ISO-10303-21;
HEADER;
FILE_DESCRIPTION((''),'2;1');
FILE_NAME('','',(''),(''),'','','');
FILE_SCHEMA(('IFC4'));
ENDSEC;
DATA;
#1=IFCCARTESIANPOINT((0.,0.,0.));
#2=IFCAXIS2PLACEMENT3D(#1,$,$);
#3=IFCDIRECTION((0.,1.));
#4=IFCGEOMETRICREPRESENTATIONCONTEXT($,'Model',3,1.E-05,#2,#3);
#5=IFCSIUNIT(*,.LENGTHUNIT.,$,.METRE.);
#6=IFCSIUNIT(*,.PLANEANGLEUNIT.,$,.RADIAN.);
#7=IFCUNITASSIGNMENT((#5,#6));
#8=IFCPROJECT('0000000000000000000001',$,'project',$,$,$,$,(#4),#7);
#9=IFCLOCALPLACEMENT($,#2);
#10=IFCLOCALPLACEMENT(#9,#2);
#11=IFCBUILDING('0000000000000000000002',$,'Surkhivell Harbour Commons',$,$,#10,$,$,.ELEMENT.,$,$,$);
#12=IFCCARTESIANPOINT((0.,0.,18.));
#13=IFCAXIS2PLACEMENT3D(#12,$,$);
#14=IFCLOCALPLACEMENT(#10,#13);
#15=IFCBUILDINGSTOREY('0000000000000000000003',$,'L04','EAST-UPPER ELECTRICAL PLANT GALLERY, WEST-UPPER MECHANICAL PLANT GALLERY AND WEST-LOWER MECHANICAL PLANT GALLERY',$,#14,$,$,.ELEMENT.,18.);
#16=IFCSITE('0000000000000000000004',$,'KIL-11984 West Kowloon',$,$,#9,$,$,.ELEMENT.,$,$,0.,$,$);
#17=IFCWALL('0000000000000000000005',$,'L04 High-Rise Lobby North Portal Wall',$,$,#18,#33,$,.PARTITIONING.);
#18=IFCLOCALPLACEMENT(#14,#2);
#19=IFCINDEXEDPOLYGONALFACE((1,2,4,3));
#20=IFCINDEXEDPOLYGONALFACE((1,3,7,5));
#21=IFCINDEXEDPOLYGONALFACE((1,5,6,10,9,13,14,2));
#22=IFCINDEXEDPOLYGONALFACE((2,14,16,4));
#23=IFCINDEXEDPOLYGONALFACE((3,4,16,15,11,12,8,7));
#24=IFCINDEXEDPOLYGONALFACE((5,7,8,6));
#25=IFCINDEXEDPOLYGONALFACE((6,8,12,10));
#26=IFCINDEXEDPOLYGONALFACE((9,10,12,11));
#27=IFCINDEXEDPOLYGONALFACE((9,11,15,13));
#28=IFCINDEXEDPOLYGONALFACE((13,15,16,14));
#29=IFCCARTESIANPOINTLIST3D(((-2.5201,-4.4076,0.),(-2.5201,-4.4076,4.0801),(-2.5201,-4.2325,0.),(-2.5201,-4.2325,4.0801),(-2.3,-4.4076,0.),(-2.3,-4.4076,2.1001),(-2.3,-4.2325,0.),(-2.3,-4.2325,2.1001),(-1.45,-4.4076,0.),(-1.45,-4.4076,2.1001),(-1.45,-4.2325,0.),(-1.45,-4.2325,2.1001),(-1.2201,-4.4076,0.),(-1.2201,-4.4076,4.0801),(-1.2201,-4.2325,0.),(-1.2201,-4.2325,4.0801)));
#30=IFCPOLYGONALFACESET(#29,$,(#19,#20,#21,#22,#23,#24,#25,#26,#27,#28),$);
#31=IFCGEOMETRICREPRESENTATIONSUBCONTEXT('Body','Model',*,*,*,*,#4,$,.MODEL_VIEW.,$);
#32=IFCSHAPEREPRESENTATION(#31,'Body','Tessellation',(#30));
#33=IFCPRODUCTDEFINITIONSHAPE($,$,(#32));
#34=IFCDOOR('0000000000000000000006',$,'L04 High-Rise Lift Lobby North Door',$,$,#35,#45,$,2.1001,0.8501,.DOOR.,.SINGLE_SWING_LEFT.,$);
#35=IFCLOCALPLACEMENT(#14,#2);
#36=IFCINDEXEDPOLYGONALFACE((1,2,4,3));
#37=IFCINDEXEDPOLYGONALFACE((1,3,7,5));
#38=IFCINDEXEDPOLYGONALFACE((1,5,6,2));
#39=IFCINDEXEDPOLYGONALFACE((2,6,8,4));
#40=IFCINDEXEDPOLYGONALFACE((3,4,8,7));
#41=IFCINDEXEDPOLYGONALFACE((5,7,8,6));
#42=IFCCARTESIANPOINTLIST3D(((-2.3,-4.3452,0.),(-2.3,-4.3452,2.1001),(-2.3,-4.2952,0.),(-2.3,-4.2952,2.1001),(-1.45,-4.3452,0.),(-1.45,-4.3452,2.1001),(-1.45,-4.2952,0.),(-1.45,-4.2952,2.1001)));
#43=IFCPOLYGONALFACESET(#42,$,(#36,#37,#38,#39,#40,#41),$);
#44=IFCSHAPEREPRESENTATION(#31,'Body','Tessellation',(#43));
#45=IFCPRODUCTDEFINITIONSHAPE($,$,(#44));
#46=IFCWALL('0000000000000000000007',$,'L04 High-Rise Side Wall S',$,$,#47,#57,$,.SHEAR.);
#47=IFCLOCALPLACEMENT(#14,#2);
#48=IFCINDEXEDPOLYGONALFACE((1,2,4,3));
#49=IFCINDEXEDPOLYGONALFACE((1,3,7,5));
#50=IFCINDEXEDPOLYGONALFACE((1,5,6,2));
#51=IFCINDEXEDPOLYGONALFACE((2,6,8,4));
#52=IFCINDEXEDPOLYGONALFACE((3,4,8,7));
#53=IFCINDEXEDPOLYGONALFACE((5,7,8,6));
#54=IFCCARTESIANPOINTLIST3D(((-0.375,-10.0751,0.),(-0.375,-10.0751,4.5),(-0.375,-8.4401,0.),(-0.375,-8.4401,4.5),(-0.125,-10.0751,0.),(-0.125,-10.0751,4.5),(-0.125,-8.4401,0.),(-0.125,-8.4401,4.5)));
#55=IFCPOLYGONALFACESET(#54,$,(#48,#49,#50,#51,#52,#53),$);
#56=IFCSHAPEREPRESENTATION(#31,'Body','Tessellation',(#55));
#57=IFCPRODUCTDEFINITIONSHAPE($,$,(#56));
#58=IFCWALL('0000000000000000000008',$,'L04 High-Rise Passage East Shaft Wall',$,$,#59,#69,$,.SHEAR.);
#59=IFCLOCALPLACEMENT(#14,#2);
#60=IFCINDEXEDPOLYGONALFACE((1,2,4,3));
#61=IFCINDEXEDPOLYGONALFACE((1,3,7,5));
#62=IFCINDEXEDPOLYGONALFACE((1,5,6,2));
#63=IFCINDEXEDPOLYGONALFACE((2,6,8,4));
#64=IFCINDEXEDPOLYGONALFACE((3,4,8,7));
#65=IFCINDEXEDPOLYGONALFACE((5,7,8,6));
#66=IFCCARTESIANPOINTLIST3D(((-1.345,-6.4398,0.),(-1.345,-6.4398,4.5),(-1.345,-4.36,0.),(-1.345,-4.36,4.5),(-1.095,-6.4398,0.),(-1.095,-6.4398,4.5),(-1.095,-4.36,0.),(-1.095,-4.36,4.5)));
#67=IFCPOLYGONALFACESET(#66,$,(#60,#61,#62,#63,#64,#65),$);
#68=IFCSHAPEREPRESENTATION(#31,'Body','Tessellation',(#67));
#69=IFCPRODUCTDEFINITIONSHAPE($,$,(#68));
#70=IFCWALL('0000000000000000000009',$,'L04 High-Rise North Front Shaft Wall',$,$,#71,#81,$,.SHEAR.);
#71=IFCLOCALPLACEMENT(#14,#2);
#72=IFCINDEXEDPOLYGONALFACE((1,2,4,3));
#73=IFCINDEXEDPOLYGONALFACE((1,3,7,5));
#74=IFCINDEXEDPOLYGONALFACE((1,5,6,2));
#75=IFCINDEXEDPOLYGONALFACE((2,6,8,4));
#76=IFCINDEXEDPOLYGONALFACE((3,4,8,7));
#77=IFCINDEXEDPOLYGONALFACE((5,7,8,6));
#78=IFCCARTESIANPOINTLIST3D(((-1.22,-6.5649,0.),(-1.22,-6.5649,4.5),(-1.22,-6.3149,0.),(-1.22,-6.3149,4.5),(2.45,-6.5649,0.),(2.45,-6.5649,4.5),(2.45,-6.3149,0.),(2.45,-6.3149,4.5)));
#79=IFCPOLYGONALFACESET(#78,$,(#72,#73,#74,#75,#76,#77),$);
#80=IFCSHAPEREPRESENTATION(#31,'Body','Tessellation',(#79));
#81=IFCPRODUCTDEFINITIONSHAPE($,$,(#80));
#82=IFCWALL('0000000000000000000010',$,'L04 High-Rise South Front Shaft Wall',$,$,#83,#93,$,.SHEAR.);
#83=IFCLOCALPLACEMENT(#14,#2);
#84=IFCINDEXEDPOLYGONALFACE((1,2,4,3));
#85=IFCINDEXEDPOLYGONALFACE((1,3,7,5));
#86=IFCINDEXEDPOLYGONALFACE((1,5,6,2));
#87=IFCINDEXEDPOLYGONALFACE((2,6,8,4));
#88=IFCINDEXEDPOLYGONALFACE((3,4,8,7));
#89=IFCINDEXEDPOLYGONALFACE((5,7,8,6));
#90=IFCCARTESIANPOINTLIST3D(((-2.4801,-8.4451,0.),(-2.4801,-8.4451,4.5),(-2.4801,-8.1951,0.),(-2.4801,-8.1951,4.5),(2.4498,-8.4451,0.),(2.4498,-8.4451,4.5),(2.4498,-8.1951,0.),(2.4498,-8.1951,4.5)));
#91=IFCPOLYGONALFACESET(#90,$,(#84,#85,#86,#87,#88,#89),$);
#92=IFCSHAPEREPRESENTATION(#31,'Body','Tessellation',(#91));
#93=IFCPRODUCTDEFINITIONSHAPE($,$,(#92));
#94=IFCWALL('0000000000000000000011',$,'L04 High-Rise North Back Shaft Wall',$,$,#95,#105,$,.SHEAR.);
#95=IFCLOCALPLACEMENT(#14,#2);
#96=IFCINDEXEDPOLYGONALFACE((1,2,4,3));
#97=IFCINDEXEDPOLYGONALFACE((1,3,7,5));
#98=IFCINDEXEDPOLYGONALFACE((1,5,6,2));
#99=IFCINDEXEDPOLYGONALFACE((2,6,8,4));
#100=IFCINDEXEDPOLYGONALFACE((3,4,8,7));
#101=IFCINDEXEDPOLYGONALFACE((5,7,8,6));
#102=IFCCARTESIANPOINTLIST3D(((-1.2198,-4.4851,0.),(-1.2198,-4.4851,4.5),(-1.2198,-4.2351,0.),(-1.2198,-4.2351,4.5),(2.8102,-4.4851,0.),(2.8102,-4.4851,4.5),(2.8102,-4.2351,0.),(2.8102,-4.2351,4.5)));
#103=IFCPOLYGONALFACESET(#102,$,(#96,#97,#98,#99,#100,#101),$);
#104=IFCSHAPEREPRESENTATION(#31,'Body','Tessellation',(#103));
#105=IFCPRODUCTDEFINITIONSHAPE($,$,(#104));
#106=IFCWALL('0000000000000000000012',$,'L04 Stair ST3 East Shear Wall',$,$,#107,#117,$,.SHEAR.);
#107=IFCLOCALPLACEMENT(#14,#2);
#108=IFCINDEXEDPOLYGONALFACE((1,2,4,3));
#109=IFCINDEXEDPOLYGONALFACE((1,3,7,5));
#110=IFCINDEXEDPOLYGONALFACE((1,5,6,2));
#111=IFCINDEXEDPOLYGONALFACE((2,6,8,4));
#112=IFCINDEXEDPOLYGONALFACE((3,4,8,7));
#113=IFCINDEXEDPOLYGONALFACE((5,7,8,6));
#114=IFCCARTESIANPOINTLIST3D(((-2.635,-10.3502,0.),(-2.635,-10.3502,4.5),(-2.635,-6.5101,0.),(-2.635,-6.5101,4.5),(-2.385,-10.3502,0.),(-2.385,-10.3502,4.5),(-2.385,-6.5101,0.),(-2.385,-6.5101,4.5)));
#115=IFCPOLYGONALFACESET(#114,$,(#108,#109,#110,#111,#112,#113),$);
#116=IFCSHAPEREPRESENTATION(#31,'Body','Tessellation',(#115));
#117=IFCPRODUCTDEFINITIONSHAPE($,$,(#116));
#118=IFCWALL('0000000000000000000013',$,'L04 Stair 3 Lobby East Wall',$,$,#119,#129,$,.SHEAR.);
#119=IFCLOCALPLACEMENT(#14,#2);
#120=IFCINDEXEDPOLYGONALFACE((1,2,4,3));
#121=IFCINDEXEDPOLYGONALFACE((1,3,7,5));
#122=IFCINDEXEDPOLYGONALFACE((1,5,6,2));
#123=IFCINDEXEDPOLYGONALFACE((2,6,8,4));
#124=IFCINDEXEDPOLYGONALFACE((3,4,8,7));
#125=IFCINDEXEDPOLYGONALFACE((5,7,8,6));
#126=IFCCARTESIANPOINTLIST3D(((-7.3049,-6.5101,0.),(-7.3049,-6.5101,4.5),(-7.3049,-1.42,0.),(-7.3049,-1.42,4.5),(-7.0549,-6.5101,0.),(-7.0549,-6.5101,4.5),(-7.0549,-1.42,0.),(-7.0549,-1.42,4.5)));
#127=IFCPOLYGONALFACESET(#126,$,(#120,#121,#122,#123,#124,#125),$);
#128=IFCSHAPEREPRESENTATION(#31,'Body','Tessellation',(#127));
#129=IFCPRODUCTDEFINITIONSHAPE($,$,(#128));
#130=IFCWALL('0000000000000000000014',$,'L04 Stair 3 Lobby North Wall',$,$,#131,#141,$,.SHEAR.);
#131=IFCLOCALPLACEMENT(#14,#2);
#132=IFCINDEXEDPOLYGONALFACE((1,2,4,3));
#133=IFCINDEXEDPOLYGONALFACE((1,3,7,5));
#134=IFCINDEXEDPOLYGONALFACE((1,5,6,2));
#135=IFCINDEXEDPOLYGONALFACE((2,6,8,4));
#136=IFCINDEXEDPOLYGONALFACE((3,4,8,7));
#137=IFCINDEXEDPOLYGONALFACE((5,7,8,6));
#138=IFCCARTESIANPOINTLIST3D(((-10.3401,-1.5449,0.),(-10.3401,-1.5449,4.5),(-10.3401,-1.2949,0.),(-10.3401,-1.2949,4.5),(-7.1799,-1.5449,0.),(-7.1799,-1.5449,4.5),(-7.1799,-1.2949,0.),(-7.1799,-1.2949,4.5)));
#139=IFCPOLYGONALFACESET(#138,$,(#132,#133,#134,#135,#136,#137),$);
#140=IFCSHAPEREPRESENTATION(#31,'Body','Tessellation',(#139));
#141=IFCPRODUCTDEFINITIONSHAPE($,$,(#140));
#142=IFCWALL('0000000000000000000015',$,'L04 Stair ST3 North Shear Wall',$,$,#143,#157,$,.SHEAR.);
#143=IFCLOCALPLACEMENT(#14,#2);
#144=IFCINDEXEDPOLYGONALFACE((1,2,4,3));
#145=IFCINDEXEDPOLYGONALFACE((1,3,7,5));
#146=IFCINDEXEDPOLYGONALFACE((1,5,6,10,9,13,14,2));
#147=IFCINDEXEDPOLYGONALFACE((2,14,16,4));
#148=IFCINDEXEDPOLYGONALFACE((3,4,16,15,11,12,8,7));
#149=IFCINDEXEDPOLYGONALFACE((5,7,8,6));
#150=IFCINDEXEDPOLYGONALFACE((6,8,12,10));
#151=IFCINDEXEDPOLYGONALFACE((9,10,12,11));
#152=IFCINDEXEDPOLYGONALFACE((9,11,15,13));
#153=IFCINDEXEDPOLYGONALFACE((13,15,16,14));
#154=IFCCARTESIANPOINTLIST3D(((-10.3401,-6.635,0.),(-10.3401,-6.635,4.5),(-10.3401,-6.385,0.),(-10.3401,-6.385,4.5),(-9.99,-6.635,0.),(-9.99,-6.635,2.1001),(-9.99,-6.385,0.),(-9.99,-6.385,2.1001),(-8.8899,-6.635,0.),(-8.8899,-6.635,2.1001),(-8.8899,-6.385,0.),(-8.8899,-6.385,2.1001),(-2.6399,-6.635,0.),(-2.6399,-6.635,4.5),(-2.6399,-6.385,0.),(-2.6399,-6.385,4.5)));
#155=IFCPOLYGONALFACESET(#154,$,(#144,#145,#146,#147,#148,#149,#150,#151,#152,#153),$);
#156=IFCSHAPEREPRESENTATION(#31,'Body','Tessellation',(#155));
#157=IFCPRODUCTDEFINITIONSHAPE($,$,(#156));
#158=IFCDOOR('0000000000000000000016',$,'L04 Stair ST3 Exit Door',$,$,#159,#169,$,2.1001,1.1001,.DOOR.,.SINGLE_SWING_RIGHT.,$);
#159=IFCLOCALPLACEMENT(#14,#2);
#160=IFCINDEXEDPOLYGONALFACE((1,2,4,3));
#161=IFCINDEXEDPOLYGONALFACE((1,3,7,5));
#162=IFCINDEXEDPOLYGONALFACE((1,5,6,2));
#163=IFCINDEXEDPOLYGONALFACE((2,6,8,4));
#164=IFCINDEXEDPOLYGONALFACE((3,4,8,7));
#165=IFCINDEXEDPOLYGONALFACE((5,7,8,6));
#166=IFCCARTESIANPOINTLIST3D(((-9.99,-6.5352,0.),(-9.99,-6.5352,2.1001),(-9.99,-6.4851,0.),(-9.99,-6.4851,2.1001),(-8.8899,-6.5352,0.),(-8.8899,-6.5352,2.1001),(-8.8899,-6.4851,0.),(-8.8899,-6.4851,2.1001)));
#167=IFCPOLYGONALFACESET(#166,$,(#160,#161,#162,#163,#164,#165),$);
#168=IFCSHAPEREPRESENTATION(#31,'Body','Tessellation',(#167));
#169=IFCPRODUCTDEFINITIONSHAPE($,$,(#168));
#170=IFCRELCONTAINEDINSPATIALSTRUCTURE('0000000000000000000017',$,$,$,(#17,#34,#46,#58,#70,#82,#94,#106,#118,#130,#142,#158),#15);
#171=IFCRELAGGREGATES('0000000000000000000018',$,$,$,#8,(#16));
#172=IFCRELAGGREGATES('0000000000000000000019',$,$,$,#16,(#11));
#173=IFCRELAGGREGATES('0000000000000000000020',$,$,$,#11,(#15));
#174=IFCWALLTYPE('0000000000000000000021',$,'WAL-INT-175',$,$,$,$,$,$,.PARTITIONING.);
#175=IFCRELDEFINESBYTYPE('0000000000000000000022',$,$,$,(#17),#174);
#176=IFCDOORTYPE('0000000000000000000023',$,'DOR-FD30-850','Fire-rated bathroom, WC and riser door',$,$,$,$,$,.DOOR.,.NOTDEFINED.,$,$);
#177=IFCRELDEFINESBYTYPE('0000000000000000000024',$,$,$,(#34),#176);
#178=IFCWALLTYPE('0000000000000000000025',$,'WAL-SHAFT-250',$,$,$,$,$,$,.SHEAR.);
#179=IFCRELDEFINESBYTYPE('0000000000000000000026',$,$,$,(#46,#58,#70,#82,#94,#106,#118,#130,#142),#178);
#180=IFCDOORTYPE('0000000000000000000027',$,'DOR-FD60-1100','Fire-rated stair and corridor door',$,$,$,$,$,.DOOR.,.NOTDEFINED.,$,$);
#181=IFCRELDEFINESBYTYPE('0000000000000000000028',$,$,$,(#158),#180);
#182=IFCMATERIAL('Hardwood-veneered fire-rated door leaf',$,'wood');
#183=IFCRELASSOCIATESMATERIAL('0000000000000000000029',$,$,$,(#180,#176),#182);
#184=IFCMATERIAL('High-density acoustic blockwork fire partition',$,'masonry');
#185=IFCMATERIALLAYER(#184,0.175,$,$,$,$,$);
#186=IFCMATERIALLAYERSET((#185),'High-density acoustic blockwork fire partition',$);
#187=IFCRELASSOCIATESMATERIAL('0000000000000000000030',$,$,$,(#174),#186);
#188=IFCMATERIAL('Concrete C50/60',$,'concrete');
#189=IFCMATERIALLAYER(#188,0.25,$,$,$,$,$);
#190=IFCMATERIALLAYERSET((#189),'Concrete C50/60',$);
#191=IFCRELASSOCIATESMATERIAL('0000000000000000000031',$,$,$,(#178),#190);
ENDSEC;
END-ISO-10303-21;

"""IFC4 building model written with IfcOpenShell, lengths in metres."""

from ifc_helpers import new_model, si_unit, direction, frame, frame_2d, origin, place, context, subcontext, project, spatial, rectangle, extrude, material, layer, layer_set, type_object, element, fill, save


model = new_model("IFC4")

# Units and contexts
model_context = context("Model", 3, precision=1e-05, world=origin(), true_north=direction((0.0, 1.0)))
body_context = subcontext(model_context, "Body", "Model", "MODEL_VIEW")
ifc_project = project(units=[si_unit("LENGTHUNIT", "METRE"), si_unit("PLANEANGLEUNIT", "RADIAN")], contexts=[model_context])

# Site, building, storey
site_placement = place(None, origin())
site = spatial("IfcSite", under=ifc_project, at=site_placement, Name="KIL-11984 West Kowloon", CompositionType="ELEMENT", RefElevation=0.0)
building_placement = place(site_placement, origin())
building = spatial("IfcBuilding", under=site, at=building_placement, Name="Surkhivell Harbour Commons", CompositionType="ELEMENT")
storey_placement = place(building_placement, frame((0.0, 0.0, 18.0)))
storey = spatial("IfcBuildingStorey", under=building, at=storey_placement, Name="L04", Description="EAST-UPPER ELECTRICAL PLANT GALLERY, WEST-UPPER MECHANICAL PLANT GALLERY AND WEST-LOWER MECHANICAL PLANT GALLERY", CompositionType="ELEMENT", Elevation=18.0)

# Shared definitions
ifc_material_1 = material(Name="Hardwood-veneered fire-rated door leaf", Category="wood")
door_type_1 = type_object("IfcDoorType", Name="DOR-FD60-1100", Description="Fire-rated stair and corridor door", OperationType="NOTDEFINED", PredefinedType="DOOR", material=ifc_material_1)
ifc_material_2 = material(Name="High-density acoustic blockwork fire partition", Category="masonry")
ifc_layer_1 = layer(ifc_material_2, 0.175)
ifc_layer_set_1 = layer_set([ifc_layer_1], Name="High-density acoustic blockwork fire partition")
wall_type_1 = type_object("IfcWallType", Name="WAL-INT-175", PredefinedType="PARTITIONING", material=ifc_layer_set_1)
door_type_2 = type_object("IfcDoorType", Name="DOR-FD30-850", Description="Fire-rated bathroom, WC and riser door", OperationType="NOTDEFINED", PredefinedType="DOOR", material=ifc_material_1)

# Wall, opening, door
wall_1_placement = place(storey_placement, frame((-2.52, -4.3201, 0.0), z_axis=(0.0, 0.0, 1.0), x_axis=(1.0, 0.0, 0.0)))
wall_1 = element("IfcWall", 1, at=wall_1_placement, inside=storey, type_object=wall_type_1, Name="L04 High-Rise Lobby North Portal Wall", PredefinedType="PARTITIONING", context=body_context, shape_type="SweptSolid", body=[
    extrude(rectangle(XDim=1.3, YDim=0.175, at=frame_2d((0.6499, 0.0))), origin(), (0.0, 0.0, 1.0), 4.0801),
])
opening_1_placement = place(wall_1_placement, frame((0.22, 0.0, 0.0)))
opening_1 = element("IfcOpeningElement", 2, at=opening_1_placement, cuts=wall_1, PredefinedType="OPENING", context=body_context, shape_type="SweptSolid", body=[
    extrude(rectangle(XDim=0.8501, YDim=2.1001, at=frame_2d((0.425, 1.05))), frame((0.0, 0.0974, 0.0), z_axis=(0.0, -1.0, 0.0), x_axis=(1.0, 0.0, 0.0)), (0.0, 0.0, 1.0), 0.1951),
])
door_1_placement = place(opening_1_placement, origin())
door_1 = element("IfcDoor", 3, at=door_1_placement, inside=storey, type_object=door_type_2, Name="L04 High-Rise Lift Lobby North Door", OperationType="SINGLE_SWING_LEFT", OverallHeight=2.1001, OverallWidth=0.8501, PredefinedType="DOOR", context=body_context, shape_type="SweptSolid", body=[
    extrude(rectangle(XDim=0.8501, YDim=2.1001, at=frame_2d((0.425, 1.05))), frame((0.0, 0.0249, 0.0), z_axis=(0.0, -1.0, 0.0), x_axis=(1.0, 0.0, 0.0)), (0.0, 0.0, 1.0), 0.05),
])
fill(opening_1, door_1)

# Walls
ifc_material_3 = material(Name="Concrete C50/60", Category="concrete")
ifc_layer_2 = layer(ifc_material_3, 0.25)
ifc_layer_set_2 = layer_set([ifc_layer_2], Name="Concrete C50/60")
wall_type_2 = type_object("IfcWallType", Name="WAL-SHAFT-250", PredefinedType="SHEAR", material=ifc_layer_set_2)
wall_2_placement = place(storey_placement, frame((-0.25, -10.075, 0.0), z_axis=(0.0, 0.0, 1.0), x_axis=(0.0, 1.0, 0.0)))
element("IfcWall", 4, at=wall_2_placement, inside=storey, type_object=wall_type_2, Name="L04 High-Rise Side Wall S", PredefinedType="SHEAR", context=body_context, shape_type="SweptSolid", body=[
    extrude(rectangle(XDim=1.635, YDim=0.25, at=frame_2d((0.8174, 0.0))), origin(), (0.0, 0.0, 1.0), 4.5),
])
wall_3_placement = place(storey_placement, frame((-1.22, -6.4399, 0.0), z_axis=(0.0, 0.0, 1.0), x_axis=(0.0, 1.0, 0.0)))
element("IfcWall", 5, at=wall_3_placement, inside=storey, type_object=wall_type_2, Name="L04 High-Rise Passage East Shaft Wall", PredefinedType="SHEAR", context=body_context, shape_type="SweptSolid", body=[
    extrude(rectangle(XDim=2.0798, YDim=0.25, at=frame_2d((1.04, 0.0))), origin(), (0.0, 0.0, 1.0), 4.5),
])
wall_4_placement = place(storey_placement, frame((-1.22, -6.4399, 0.0), z_axis=(0.0, 0.0, 1.0), x_axis=(1.0, 0.0, 0.0)))
element("IfcWall", 6, at=wall_4_placement, inside=storey, type_object=wall_type_2, Name="L04 High-Rise North Front Shaft Wall", PredefinedType="SHEAR", context=body_context, shape_type="SweptSolid", body=[
    extrude(rectangle(XDim=3.6699, YDim=0.25, at=frame_2d((1.835, 0.0))), origin(), (0.0, 0.0, 1.0), 4.5),
])
wall_5_placement = place(storey_placement, frame((-2.48, -8.3201, 0.0), z_axis=(0.0, 0.0, 1.0), x_axis=(1.0, 0.0, 0.0)))
element("IfcWall", 7, at=wall_5_placement, inside=storey, type_object=wall_type_2, Name="L04 High-Rise South Front Shaft Wall", PredefinedType="SHEAR", context=body_context, shape_type="SweptSolid", body=[
    extrude(rectangle(XDim=4.9299, YDim=0.25, at=frame_2d((2.4648, 0.0))), origin(), (0.0, 0.0, 1.0), 4.5),
])
wall_6_placement = place(storey_placement, frame((-1.22, -4.3601, 0.0), z_axis=(0.0, 0.0, 1.0), x_axis=(1.0, 0.0, 0.0)))
element("IfcWall", 8, at=wall_6_placement, inside=storey, type_object=wall_type_2, Name="L04 High-Rise North Back Shaft Wall", PredefinedType="SHEAR", context=body_context, shape_type="SweptSolid", body=[
    extrude(rectangle(XDim=4.03, YDim=0.25, at=frame_2d((2.0151, 0.0))), origin(), (0.0, 0.0, 1.0), 4.5),
])
wall_7_placement = place(storey_placement, frame((-2.51, -10.3501, 0.0), z_axis=(0.0, 0.0, 1.0), x_axis=(0.0, 1.0, 0.0)))
element("IfcWall", 9, at=wall_7_placement, inside=storey, type_object=wall_type_2, Name="L04 Stair ST3 East Shear Wall", PredefinedType="SHEAR", context=body_context, shape_type="SweptSolid", body=[
    extrude(rectangle(XDim=3.8401, YDim=0.25, at=frame_2d((1.9199, 0.0))), origin(), (0.0, 0.0, 1.0), 4.5),
])
wall_8_placement = place(storey_placement, frame((-7.1799, -6.51, 0.0), z_axis=(0.0, 0.0, 1.0), x_axis=(0.0, 1.0, 0.0)))
element("IfcWall", 10, at=wall_8_placement, inside=storey, type_object=wall_type_2, Name="L04 Stair 3 Lobby East Wall", PredefinedType="SHEAR", context=body_context, shape_type="SweptSolid", body=[
    extrude(rectangle(XDim=5.0901, YDim=0.25, at=frame_2d((2.5449, 0.0))), origin(), (0.0, 0.0, 1.0), 4.5),
])
wall_9_placement = place(storey_placement, frame((-10.3401, -1.4199, 0.0), z_axis=(0.0, 0.0, 1.0), x_axis=(1.0, 0.0, 0.0)))
element("IfcWall", 11, at=wall_9_placement, inside=storey, type_object=wall_type_2, Name="L04 Stair 3 Lobby North Wall", PredefinedType="SHEAR", context=body_context, shape_type="SweptSolid", body=[
    extrude(rectangle(XDim=3.1602, YDim=0.25, at=frame_2d((1.5801, 0.0))), origin(), (0.0, 0.0, 1.0), 4.5),
])

# Wall, opening, door
wall_10_placement = place(storey_placement, frame((-10.3401, -6.51, 0.0), z_axis=(0.0, 0.0, 1.0), x_axis=(1.0, 0.0, 0.0)))
wall_10 = element("IfcWall", 12, at=wall_10_placement, inside=storey, type_object=wall_type_2, Name="L04 Stair ST3 North Shear Wall", PredefinedType="SHEAR", context=body_context, shape_type="SweptSolid", body=[
    extrude(rectangle(XDim=7.7002, YDim=0.25, at=frame_2d((3.8501, 0.0))), origin(), (0.0, 0.0, 1.0), 4.5),
])
opening_2_placement = place(wall_10_placement, frame((0.3501, 0.0, 0.0)))
opening_2 = element("IfcOpeningElement", 13, at=opening_2_placement, cuts=wall_10, PredefinedType="OPENING", context=body_context, shape_type="SweptSolid", body=[
    extrude(rectangle(XDim=1.1001, YDim=2.1001, at=frame_2d((0.55, 1.05))), frame((0.0, 0.135, 0.0), z_axis=(0.0, -1.0, 0.0), x_axis=(1.0, 0.0, 0.0)), (0.0, 0.0, 1.0), 0.27),
])
door_2_placement = place(opening_2_placement, origin())
door_2 = element("IfcDoor", 14, at=door_2_placement, inside=storey, type_object=door_type_1, Name="L04 Stair ST3 Exit Door", OperationType="SINGLE_SWING_RIGHT", OverallHeight=2.1001, OverallWidth=1.1001, PredefinedType="DOOR", context=body_context, shape_type="SweptSolid", body=[
    extrude(rectangle(XDim=1.1001, YDim=2.1001, at=frame_2d((0.55, 1.05))), frame((0.0, 0.0249, 0.0), z_axis=(0.0, -1.0, 0.0), x_axis=(1.0, 0.0, 0.0)), (0.0, 0.0, 1.0), 0.05),
])
fill(opening_2, door_2)

save(model, "model.ifc")
